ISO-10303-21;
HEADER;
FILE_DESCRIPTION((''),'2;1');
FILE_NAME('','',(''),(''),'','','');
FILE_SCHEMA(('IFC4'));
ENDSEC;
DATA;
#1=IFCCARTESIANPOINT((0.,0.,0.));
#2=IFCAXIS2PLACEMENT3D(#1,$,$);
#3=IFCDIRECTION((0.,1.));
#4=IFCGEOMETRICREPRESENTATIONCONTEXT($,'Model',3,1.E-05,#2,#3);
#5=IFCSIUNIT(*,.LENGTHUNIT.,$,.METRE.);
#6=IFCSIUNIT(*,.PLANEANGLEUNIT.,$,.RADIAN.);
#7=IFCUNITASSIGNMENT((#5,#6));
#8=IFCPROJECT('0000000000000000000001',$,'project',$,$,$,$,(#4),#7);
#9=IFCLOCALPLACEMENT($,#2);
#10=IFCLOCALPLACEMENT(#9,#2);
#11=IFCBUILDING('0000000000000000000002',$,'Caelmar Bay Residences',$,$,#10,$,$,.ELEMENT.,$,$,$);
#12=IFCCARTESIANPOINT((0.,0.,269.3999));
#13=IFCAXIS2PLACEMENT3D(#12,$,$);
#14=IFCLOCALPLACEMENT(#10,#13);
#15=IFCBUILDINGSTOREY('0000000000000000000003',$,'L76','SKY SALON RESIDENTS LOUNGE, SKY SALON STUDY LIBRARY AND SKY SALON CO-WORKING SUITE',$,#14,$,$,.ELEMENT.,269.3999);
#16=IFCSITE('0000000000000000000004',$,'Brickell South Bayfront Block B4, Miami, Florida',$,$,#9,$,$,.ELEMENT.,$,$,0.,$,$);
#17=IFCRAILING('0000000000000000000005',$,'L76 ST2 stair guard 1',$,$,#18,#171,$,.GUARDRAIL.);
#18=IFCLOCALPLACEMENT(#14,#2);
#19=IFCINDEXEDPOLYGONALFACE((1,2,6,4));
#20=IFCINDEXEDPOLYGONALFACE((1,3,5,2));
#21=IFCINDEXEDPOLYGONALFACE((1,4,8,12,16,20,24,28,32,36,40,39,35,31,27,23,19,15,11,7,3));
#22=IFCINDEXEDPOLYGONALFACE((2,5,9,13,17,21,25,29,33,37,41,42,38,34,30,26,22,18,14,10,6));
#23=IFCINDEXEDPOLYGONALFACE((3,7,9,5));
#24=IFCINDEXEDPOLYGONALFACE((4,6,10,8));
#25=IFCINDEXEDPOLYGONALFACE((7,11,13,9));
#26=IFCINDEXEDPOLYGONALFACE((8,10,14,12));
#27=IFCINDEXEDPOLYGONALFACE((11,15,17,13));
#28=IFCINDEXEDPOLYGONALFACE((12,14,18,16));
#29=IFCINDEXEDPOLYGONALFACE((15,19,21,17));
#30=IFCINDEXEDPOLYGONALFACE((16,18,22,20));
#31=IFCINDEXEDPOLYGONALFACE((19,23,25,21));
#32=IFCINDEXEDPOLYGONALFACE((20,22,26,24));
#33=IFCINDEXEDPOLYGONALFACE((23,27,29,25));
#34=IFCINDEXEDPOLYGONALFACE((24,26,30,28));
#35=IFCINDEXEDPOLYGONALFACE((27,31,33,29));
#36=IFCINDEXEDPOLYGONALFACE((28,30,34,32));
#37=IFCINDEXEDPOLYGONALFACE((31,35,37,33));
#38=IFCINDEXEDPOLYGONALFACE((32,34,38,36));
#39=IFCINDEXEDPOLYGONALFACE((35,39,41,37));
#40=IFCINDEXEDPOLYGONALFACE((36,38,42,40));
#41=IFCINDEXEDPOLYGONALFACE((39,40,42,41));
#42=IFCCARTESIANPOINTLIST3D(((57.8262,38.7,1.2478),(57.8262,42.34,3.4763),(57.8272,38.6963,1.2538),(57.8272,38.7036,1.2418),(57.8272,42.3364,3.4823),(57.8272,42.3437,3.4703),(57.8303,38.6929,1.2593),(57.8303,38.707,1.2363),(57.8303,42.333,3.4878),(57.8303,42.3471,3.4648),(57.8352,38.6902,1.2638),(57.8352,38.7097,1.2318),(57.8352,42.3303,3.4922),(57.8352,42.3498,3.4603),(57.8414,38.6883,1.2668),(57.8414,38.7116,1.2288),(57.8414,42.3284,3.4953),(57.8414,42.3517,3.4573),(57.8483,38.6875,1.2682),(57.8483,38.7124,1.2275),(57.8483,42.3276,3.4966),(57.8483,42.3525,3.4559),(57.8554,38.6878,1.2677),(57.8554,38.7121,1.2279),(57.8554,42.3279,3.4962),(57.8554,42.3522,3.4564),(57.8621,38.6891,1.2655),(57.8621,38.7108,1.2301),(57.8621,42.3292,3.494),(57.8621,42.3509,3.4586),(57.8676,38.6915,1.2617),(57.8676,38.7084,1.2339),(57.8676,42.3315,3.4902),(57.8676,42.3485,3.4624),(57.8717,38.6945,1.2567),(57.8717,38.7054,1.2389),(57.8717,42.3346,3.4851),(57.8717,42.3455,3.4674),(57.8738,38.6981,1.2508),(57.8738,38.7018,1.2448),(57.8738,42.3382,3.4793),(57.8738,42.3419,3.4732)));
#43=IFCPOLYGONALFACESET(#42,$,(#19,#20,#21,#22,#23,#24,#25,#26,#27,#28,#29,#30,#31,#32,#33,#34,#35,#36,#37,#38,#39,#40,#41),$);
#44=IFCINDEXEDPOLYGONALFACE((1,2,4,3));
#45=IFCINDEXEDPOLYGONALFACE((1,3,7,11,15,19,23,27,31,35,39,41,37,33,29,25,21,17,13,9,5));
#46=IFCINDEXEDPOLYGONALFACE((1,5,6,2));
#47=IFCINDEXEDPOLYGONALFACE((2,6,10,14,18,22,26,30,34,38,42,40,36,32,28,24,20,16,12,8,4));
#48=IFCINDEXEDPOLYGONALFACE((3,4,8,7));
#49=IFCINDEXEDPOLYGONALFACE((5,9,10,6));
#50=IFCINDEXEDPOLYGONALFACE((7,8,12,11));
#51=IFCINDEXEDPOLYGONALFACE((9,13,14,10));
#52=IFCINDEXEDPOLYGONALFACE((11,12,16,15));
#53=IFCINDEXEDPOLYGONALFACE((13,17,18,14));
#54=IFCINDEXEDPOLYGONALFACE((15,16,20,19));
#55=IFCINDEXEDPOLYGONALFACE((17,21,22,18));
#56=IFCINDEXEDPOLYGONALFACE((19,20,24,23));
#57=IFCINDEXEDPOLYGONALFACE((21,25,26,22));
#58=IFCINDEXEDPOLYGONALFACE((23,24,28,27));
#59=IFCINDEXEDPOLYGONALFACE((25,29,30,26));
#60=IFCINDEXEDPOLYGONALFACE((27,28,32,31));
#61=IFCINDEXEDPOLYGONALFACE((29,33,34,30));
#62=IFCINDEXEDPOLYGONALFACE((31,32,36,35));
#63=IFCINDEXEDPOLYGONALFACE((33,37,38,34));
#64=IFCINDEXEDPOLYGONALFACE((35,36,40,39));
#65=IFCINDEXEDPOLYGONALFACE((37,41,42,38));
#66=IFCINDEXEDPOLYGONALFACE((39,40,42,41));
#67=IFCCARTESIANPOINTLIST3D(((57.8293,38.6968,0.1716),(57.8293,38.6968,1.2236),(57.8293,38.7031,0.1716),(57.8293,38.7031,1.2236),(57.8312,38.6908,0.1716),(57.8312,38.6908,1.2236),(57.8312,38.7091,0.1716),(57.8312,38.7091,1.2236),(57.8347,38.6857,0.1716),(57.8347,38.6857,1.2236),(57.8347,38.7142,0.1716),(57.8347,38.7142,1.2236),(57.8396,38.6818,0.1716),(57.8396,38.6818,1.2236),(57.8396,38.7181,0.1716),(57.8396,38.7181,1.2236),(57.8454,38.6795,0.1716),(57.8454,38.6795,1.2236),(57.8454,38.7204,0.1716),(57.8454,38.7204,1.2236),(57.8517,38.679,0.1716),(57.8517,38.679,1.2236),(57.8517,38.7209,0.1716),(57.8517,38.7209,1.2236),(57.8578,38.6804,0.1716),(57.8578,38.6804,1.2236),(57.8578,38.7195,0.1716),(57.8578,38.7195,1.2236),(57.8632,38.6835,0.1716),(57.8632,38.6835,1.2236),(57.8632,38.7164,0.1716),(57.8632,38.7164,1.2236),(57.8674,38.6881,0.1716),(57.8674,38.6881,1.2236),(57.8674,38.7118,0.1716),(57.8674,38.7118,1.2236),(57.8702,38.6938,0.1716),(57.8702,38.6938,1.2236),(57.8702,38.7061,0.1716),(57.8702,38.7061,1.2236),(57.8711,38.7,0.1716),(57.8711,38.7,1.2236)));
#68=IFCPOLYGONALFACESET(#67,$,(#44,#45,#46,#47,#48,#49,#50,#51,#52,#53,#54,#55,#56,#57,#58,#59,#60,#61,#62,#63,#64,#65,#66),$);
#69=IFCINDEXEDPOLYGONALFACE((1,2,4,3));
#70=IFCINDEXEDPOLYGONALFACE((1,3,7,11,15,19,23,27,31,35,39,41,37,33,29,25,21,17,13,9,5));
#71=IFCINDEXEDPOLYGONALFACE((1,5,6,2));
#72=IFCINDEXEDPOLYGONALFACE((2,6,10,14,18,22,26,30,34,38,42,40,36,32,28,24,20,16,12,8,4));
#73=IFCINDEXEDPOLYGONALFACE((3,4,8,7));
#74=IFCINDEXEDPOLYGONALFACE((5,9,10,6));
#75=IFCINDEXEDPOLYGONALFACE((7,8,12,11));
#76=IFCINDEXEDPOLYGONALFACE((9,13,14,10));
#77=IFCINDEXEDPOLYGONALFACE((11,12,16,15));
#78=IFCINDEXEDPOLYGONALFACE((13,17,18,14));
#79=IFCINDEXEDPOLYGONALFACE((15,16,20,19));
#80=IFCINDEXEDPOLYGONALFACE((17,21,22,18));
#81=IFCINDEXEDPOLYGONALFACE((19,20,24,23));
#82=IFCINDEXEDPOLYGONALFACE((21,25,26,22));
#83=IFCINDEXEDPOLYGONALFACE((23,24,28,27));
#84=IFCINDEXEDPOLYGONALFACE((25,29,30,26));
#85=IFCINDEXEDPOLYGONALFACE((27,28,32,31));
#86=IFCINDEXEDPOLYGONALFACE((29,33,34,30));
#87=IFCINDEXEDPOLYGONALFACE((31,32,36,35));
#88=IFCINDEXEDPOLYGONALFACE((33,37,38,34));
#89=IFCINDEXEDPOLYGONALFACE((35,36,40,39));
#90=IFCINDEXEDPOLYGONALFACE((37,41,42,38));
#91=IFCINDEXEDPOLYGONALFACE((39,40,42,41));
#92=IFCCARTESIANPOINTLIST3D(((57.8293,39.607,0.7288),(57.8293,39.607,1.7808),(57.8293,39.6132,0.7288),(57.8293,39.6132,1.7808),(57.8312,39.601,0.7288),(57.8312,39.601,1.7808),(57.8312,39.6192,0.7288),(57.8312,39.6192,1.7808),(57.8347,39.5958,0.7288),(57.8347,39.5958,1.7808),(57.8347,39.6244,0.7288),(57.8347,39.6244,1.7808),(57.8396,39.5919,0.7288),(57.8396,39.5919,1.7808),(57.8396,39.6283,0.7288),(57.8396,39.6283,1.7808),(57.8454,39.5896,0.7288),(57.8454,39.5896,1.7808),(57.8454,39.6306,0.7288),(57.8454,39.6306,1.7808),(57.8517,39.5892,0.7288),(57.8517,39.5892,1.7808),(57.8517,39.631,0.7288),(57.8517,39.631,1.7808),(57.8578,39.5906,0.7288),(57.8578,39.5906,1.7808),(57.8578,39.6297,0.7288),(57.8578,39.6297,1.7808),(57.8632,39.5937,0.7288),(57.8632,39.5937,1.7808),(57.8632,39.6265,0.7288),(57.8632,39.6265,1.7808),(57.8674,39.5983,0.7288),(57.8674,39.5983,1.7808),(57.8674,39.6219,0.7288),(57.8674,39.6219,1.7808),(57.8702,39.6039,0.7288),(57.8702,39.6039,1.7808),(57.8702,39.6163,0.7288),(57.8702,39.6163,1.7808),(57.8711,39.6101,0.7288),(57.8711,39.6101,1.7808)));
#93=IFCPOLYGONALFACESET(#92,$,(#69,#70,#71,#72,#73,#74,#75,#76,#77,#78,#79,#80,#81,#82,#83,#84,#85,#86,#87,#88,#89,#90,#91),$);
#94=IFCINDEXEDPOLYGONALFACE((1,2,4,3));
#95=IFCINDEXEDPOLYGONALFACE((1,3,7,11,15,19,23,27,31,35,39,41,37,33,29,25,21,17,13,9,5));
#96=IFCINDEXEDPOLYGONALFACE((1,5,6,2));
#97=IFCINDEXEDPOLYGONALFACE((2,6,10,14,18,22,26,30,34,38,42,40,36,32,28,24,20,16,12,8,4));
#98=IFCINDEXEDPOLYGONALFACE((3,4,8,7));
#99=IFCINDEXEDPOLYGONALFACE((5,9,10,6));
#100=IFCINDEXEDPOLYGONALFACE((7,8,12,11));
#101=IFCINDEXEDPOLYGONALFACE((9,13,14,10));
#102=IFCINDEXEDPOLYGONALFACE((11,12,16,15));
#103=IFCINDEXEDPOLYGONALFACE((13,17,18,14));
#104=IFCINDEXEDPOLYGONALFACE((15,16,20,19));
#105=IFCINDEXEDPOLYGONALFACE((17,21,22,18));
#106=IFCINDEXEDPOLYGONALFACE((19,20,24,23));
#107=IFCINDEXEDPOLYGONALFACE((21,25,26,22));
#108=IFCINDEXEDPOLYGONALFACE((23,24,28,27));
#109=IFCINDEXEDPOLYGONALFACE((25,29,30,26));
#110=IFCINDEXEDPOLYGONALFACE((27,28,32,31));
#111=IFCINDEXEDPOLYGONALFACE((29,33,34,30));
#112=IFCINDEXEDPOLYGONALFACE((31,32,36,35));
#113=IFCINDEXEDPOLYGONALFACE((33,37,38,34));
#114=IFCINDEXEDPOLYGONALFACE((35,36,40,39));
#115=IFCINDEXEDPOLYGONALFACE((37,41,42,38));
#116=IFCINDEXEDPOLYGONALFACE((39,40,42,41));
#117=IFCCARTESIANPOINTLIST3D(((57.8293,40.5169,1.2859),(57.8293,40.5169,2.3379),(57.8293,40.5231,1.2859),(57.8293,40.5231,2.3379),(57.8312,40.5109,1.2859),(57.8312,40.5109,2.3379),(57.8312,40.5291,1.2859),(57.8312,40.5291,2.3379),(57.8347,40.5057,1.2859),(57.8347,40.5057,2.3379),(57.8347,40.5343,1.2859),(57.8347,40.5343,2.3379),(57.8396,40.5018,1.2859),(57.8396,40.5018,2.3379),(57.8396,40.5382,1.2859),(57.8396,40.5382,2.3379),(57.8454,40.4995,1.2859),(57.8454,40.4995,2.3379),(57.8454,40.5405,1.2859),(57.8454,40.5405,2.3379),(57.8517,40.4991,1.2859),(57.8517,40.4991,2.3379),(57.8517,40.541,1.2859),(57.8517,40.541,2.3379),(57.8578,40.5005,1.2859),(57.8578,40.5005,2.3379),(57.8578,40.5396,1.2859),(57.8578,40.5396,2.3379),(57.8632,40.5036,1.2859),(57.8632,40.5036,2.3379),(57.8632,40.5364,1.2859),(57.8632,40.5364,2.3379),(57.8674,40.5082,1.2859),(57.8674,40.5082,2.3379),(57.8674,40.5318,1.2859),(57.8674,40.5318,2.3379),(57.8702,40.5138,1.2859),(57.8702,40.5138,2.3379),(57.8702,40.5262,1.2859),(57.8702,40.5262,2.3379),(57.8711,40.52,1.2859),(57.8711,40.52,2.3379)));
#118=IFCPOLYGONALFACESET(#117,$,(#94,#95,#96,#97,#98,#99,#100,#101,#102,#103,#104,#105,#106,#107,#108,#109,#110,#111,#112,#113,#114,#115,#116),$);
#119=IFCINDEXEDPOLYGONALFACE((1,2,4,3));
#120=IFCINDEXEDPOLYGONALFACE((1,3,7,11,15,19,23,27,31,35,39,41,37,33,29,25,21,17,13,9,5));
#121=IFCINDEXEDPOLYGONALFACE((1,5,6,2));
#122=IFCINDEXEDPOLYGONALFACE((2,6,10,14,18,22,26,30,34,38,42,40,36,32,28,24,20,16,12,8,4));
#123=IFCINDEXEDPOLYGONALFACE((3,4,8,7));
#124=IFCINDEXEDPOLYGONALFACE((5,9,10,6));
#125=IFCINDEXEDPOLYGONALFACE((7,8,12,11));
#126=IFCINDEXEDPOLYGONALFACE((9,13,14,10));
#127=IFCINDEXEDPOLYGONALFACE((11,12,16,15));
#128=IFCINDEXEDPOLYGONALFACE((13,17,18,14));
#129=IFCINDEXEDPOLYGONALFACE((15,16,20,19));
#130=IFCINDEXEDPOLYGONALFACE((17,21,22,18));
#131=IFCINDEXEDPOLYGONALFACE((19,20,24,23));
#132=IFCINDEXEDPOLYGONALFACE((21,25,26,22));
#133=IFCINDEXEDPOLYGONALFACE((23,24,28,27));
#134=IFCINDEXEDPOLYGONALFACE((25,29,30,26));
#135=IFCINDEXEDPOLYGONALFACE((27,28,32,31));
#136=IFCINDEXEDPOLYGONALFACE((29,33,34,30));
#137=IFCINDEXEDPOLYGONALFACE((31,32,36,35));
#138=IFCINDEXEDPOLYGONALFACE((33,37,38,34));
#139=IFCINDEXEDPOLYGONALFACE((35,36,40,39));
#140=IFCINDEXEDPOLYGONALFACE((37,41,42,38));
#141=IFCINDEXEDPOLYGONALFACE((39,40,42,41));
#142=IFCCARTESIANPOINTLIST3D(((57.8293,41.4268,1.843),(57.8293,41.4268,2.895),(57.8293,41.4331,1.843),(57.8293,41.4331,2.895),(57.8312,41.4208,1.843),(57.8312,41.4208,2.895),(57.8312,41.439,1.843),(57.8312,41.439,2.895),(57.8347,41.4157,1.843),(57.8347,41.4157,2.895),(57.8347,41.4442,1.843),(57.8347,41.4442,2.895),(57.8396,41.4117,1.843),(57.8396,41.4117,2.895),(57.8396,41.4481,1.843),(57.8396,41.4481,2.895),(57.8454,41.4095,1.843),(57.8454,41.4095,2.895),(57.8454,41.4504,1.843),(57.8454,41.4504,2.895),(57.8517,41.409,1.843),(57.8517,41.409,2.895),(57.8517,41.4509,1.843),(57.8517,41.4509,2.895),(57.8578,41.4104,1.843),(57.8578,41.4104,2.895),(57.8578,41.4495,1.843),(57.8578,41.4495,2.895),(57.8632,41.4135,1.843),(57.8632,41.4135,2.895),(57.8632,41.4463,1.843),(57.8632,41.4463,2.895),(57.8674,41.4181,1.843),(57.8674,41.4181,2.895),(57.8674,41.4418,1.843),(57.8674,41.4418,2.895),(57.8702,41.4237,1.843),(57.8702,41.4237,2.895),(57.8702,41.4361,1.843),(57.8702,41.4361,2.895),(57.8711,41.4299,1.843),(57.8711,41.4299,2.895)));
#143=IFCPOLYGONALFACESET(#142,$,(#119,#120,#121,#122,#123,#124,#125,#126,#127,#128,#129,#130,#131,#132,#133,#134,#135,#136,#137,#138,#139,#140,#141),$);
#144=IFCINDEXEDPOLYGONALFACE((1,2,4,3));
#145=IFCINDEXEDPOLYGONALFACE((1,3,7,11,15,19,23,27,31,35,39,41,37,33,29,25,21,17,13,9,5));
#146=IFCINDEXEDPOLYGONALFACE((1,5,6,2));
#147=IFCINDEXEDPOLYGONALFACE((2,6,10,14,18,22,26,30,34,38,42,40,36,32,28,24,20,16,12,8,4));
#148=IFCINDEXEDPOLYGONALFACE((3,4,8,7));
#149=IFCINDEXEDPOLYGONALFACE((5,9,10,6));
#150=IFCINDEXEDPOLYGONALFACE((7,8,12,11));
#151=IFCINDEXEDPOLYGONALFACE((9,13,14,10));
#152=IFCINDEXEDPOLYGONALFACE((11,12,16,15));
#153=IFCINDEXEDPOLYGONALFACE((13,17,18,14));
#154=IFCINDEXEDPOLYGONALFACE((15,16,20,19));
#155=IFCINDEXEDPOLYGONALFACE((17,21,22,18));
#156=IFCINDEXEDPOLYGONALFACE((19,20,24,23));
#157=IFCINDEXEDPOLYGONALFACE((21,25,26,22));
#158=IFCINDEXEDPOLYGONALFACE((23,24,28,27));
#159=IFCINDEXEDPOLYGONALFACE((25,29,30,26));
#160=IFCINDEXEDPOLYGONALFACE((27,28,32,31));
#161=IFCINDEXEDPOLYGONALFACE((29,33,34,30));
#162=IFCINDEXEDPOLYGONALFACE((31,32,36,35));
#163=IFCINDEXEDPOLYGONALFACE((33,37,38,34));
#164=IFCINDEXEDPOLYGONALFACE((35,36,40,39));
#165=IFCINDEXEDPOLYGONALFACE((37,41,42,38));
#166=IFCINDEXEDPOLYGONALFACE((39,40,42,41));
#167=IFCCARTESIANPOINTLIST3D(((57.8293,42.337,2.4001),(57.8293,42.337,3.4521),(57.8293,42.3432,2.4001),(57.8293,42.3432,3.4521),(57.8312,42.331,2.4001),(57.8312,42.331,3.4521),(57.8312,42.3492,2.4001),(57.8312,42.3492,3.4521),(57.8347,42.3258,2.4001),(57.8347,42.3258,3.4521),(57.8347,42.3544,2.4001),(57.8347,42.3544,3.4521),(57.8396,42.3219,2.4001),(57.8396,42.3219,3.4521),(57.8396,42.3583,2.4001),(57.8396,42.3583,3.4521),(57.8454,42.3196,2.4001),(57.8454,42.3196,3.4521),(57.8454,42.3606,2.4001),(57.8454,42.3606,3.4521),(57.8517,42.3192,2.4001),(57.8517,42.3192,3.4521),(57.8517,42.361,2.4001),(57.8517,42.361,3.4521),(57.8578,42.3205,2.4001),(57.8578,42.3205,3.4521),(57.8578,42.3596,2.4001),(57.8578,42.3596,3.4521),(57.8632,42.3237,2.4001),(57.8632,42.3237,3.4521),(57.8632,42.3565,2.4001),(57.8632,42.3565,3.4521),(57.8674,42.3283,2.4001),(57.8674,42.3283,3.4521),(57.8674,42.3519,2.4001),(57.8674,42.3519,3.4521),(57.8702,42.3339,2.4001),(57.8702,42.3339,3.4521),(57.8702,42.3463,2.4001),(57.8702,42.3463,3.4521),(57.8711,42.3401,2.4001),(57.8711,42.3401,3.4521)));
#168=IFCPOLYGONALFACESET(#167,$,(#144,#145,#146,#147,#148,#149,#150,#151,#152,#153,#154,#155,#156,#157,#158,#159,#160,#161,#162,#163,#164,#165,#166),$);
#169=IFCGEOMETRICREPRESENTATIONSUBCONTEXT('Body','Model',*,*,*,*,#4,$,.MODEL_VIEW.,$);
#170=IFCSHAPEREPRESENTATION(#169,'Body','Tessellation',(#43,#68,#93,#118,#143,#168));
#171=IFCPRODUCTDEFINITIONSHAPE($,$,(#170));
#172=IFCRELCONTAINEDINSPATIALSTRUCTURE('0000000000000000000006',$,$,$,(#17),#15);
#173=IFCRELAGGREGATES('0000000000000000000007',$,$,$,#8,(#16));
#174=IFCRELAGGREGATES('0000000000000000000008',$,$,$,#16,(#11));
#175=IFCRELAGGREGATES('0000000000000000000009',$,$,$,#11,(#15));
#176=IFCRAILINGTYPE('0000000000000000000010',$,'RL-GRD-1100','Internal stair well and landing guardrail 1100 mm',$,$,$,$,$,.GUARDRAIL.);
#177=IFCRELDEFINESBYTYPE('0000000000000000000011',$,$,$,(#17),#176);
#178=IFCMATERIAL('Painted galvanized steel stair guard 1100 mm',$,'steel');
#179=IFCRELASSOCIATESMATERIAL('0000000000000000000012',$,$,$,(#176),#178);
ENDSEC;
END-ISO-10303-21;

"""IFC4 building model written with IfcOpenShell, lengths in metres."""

from ifc_helpers import new_model, si_unit, direction, frame, origin, origin_2d, place, context, subcontext, project, spatial, circle, extrude, material, type_object, element, save


model = new_model("IFC4")

# Units and contexts
model_context = context("Model", 3, precision=1e-05, world=origin(), true_north=direction((0.0, 1.0)))
body_context = subcontext(model_context, "Body", "Model", "MODEL_VIEW")
ifc_project = project(units=[si_unit("LENGTHUNIT", "METRE"), si_unit("PLANEANGLEUNIT", "RADIAN")], contexts=[model_context])

# Site, building, storey
site_placement = place(None, origin())
site = spatial("IfcSite", under=ifc_project, at=site_placement, Name="Brickell South Bayfront Block B4, Miami, Florida", CompositionType="ELEMENT", RefElevation=0.0)
building_placement = place(site_placement, origin())
building = spatial("IfcBuilding", under=site, at=building_placement, Name="Caelmar Bay Residences", CompositionType="ELEMENT")
storey_placement = place(building_placement, frame((0.0, 0.0, 269.3999)))
storey = spatial("IfcBuildingStorey", under=building, at=storey_placement, Name="L76", Description="SKY SALON RESIDENTS LOUNGE, SKY SALON STUDY LIBRARY AND SKY SALON CO-WORKING SUITE", CompositionType="ELEMENT", Elevation=269.3999)

# Railing
ifc_material_1 = material(Name="Painted galvanized steel stair guard 1100 mm", Category="steel")
railing_type_1 = type_object("IfcRailingType", Name="RL-GRD-1100", Description="Internal stair well and landing guardrail 1100 mm", PredefinedType="GUARDRAIL", material=ifc_material_1)
railing_1_placement = place(storey_placement, frame((57.8501, 38.7, 0.1716)))
element("IfcRailing", 1, at=railing_1_placement, inside=storey, type_object=railing_type_1, Name="L76 ST2 stair guard 1", PredefinedType="GUARDRAIL", context=body_context, shape_type="SweptSolid", body=[
    extrude(circle(Radius=0.0239, at=origin_2d()), frame((0.0, 0.0, 1.0762), z_axis=(0.0, 0.852866, 0.52213), x_axis=(-1.0, 0.0, 0.0)), (0.0, 0.0, 1.0), 4.2681),
    extrude(circle(Radius=0.021, at=origin_2d()), origin(), (0.0, 0.0, 1.0), 1.052),
    extrude(circle(Radius=0.021, at=origin_2d()), frame((0.0, 0.9102, 0.5571)), (0.0, 0.0, 1.0), 1.052),
    extrude(circle(Radius=0.021, at=origin_2d()), frame((0.0, 1.8201, 1.1143)), (0.0, 0.0, 1.0), 1.052),
    extrude(circle(Radius=0.021, at=origin_2d()), frame((0.0, 2.73, 1.6714)), (0.0, 0.0, 1.0), 1.052),
    extrude(circle(Radius=0.021, at=origin_2d()), frame((0.0, 3.6401, 2.2285)), (0.0, 0.0, 1.0), 1.052),
])

save(model, "model.ifc")
